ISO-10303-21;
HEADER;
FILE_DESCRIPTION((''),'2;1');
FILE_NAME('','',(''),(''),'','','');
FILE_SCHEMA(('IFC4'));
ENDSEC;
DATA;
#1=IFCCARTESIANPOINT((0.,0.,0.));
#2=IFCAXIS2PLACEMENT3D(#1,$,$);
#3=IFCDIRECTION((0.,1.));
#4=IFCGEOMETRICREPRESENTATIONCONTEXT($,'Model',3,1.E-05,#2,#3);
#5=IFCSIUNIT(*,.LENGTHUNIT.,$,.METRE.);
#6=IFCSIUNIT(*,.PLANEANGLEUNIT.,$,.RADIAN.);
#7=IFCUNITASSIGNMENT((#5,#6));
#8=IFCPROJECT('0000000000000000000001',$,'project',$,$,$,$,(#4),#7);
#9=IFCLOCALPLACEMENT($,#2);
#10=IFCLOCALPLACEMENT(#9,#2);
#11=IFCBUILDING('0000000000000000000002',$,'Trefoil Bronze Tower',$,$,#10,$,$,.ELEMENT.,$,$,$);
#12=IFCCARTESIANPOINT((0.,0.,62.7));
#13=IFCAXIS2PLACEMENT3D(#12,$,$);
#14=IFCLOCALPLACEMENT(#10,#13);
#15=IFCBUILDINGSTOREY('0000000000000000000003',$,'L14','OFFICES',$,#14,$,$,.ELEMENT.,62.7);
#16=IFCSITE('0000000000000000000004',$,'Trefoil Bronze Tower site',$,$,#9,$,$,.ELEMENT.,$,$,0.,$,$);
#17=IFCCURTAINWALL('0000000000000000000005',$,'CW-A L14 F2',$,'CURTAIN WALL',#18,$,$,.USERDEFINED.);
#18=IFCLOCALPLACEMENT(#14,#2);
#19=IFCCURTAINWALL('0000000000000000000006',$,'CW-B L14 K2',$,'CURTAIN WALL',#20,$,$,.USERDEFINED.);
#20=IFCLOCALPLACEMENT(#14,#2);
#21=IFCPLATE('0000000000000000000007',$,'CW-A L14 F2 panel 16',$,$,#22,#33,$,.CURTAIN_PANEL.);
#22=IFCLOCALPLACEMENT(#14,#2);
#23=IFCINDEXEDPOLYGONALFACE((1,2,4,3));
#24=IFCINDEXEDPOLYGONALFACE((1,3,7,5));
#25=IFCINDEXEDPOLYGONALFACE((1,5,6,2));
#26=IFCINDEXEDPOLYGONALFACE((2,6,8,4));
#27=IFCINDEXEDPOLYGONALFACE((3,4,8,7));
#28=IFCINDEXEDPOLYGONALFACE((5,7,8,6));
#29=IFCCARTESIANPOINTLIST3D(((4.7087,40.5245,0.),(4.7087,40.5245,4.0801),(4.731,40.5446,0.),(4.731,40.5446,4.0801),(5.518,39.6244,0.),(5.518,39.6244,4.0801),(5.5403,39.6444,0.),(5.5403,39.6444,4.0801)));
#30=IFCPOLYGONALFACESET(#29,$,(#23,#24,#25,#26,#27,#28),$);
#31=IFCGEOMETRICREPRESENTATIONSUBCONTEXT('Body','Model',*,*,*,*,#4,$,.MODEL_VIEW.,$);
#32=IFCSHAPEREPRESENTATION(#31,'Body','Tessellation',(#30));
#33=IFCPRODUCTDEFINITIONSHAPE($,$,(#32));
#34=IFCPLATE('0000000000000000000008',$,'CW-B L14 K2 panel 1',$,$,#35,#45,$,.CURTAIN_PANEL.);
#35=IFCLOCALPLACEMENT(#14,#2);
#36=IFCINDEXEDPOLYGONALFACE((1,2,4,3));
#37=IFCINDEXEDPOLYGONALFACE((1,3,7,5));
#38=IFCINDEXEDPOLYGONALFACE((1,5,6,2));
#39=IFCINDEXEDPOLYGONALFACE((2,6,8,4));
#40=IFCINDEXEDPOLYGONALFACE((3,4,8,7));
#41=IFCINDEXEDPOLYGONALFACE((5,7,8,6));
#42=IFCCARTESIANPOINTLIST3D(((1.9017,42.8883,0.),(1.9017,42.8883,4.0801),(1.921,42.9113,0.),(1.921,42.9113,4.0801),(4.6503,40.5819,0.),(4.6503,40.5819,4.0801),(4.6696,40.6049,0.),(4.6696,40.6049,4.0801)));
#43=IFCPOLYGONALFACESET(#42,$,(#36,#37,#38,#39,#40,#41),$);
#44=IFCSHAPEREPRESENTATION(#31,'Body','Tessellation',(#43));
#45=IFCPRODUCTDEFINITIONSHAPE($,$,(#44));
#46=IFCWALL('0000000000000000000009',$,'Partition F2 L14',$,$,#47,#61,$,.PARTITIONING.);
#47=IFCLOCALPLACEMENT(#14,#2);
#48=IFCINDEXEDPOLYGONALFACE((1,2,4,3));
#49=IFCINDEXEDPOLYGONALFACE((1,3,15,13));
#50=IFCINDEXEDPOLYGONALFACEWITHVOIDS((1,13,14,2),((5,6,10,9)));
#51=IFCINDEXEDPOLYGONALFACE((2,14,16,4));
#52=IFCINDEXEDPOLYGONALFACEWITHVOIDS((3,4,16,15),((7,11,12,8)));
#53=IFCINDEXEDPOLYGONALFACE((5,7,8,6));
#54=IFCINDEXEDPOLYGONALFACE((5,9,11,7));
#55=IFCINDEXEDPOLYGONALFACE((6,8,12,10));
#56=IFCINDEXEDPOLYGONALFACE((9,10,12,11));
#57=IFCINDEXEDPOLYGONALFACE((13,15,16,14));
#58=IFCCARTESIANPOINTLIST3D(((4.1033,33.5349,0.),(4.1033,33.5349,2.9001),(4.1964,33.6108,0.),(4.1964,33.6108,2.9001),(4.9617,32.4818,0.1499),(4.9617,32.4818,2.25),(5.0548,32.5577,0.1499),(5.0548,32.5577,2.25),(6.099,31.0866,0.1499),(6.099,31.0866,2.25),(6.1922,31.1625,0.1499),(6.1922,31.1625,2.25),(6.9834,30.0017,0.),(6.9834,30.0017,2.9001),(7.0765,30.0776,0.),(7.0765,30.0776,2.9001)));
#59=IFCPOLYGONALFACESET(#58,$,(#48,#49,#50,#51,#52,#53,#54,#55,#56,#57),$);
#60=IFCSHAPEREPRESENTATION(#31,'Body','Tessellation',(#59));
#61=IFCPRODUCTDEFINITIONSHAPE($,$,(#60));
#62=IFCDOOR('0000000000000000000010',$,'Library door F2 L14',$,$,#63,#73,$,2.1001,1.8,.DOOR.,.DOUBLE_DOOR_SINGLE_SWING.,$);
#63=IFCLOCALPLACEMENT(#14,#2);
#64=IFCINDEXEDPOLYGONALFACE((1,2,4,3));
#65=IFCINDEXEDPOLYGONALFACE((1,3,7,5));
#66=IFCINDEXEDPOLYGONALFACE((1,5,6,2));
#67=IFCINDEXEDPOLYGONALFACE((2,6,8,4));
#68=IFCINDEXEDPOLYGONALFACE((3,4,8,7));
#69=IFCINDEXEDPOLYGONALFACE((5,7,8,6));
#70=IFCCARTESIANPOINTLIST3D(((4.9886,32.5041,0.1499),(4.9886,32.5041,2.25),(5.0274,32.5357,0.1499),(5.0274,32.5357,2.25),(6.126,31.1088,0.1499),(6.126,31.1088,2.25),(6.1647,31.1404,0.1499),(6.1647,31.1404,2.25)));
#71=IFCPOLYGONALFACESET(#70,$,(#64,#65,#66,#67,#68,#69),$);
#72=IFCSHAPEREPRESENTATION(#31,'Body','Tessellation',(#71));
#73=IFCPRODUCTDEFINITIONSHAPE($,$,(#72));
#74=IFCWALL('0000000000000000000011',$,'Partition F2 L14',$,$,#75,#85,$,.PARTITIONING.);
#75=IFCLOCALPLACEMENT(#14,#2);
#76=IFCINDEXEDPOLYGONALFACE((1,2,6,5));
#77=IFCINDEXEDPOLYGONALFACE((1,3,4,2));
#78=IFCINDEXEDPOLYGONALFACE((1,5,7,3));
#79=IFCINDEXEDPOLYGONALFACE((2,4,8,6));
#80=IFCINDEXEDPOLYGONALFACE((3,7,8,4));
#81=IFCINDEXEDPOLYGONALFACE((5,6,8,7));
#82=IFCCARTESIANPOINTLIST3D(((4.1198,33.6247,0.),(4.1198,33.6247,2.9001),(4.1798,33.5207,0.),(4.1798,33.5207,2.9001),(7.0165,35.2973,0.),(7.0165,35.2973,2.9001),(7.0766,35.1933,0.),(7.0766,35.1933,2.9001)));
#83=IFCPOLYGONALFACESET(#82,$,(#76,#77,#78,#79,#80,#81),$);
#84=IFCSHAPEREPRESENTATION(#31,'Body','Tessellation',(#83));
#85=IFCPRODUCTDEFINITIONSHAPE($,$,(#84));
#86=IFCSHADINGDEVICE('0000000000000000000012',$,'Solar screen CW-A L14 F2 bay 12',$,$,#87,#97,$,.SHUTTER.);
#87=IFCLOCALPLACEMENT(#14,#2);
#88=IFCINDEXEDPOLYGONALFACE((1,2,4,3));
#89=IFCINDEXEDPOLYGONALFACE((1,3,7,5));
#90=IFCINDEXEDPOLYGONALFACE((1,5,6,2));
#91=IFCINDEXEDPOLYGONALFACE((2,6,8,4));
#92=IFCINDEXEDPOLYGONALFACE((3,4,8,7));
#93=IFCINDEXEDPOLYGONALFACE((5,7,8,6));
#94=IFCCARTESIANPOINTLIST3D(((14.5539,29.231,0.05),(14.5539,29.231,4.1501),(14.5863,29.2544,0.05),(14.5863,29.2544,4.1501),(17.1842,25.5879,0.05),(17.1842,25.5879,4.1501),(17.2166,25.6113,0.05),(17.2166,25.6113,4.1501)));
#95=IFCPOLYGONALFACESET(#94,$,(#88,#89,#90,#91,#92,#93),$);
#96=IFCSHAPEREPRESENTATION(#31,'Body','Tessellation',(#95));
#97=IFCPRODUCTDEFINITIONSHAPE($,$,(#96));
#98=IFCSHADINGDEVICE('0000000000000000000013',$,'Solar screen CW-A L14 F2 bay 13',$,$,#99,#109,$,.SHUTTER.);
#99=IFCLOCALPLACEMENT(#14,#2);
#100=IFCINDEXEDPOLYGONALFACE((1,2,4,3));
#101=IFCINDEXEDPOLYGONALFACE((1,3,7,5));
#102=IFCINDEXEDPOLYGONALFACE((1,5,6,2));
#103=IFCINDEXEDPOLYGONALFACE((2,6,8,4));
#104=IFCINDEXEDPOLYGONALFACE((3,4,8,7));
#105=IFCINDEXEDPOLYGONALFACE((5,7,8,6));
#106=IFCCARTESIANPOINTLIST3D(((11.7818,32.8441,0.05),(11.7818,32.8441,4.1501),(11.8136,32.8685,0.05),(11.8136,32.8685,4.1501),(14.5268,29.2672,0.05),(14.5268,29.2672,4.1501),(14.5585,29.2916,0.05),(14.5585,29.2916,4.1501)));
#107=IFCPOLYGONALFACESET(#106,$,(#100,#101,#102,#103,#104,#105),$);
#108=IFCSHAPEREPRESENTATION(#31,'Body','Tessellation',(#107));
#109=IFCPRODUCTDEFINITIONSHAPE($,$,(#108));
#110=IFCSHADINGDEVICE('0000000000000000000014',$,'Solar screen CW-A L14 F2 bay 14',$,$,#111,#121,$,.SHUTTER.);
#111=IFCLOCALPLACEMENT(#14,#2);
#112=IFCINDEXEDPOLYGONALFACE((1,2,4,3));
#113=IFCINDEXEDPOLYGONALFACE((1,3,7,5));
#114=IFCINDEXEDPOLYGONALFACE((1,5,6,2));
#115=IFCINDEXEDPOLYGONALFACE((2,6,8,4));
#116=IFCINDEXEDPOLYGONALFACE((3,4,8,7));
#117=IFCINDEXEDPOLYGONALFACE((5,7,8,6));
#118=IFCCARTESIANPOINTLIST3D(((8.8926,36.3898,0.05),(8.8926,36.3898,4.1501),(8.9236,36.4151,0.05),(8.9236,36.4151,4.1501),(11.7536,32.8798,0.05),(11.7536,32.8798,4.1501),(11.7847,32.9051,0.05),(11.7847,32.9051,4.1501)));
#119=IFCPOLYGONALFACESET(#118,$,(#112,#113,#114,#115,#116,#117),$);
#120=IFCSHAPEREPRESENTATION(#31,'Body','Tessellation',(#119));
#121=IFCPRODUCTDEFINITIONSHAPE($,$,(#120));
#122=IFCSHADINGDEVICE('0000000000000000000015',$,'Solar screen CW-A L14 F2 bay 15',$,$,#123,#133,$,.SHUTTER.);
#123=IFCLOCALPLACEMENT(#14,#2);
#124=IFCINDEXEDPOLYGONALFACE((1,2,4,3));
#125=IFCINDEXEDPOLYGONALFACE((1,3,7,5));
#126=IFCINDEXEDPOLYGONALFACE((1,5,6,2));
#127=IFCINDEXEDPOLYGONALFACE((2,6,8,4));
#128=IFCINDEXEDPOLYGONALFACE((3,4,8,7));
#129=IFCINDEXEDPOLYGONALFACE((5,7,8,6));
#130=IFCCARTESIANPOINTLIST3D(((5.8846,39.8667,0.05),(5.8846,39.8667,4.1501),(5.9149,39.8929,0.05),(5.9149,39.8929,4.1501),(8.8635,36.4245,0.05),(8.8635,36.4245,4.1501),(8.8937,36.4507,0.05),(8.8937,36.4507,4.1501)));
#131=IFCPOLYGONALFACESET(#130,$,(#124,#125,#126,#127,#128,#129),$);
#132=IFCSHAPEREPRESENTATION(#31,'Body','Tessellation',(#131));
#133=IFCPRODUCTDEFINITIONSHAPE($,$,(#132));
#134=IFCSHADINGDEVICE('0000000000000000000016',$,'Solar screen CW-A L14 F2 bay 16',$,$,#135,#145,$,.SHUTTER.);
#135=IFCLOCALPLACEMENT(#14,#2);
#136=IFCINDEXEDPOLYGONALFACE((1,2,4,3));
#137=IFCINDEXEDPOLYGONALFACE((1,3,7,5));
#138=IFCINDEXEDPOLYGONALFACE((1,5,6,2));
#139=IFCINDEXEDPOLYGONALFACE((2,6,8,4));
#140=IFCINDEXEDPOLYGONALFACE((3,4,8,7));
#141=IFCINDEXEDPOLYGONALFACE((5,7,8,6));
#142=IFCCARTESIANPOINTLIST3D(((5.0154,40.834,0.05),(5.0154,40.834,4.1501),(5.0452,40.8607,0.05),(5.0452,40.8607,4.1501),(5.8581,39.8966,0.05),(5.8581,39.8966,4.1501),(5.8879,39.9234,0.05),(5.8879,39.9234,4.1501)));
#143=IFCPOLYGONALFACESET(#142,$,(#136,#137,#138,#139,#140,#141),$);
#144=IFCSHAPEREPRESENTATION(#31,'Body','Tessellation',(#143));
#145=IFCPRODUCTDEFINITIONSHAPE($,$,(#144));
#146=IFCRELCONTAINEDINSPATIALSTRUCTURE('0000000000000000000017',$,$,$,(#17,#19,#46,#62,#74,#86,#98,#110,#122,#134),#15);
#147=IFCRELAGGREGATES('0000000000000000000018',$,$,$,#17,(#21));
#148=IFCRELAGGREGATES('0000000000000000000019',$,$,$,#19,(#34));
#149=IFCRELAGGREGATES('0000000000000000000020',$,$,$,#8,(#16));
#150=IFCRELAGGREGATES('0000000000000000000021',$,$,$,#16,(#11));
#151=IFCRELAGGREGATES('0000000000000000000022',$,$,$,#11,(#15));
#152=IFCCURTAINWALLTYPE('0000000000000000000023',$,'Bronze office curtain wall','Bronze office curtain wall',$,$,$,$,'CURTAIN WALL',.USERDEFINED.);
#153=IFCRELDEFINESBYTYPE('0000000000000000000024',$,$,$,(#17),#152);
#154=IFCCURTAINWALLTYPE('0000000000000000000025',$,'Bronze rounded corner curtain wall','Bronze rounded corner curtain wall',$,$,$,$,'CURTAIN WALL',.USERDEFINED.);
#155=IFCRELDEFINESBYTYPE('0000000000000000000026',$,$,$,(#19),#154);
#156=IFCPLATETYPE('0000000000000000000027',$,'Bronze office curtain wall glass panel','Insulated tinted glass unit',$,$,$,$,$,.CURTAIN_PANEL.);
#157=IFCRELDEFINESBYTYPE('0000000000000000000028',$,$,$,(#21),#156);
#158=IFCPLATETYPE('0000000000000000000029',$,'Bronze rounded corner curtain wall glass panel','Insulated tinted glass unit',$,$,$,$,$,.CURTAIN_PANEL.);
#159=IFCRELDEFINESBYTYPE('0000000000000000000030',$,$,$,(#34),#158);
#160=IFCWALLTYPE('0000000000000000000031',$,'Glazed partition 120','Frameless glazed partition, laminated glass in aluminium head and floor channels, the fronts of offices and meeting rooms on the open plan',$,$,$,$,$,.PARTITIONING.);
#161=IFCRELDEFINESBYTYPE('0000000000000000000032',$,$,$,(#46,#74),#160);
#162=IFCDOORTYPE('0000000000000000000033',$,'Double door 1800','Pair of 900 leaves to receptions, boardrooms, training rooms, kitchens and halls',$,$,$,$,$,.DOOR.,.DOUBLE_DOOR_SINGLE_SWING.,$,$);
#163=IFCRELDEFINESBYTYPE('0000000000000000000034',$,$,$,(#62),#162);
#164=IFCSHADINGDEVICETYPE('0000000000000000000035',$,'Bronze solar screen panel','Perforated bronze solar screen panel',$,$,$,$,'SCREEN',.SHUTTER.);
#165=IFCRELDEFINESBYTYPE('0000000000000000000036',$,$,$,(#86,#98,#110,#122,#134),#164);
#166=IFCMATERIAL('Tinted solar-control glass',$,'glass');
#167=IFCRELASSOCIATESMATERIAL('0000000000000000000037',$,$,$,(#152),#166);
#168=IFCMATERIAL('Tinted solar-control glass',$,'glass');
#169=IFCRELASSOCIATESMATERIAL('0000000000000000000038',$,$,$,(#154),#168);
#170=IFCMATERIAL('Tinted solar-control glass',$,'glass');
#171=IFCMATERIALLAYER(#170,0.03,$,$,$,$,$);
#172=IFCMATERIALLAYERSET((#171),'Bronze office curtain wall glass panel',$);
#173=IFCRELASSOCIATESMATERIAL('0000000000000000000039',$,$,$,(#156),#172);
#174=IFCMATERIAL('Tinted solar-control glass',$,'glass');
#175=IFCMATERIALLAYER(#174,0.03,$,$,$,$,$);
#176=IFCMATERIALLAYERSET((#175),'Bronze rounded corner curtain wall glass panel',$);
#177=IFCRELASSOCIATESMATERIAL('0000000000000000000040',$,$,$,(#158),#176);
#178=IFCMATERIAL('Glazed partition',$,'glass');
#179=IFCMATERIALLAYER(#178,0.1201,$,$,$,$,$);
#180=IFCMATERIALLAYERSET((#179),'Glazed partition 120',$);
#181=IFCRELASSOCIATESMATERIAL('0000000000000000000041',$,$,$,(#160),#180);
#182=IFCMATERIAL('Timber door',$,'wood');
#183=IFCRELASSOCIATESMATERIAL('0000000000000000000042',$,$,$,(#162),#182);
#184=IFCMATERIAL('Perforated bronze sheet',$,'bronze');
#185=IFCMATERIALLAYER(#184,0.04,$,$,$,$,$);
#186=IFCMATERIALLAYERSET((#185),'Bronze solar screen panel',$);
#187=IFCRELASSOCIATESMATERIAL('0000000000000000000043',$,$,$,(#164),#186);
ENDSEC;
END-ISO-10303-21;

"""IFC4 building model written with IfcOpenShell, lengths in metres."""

from ifc_helpers import new_model, si_unit, direction, frame, frame_2d, origin, origin_2d, place, context, subcontext, project, spatial, rectangle, extrude, material, layer, layer_set, type_object, element, fill, aggregate, save


model = new_model("IFC4")

# Units and contexts
model_context = context("Model", 3, precision=1e-05, world=origin(), true_north=direction((0.0, 1.0)))
body_context = subcontext(model_context, "Body", "Model", "MODEL_VIEW")
ifc_project = project(units=[si_unit("LENGTHUNIT", "METRE"), si_unit("PLANEANGLEUNIT", "RADIAN")], contexts=[model_context])

# Site, building, storey
site_placement = place(None, origin())
site = spatial("IfcSite", under=ifc_project, at=site_placement, Name="Trefoil Bronze Tower site", CompositionType="ELEMENT", RefElevation=0.0)
building_placement = place(site_placement, origin())
building = spatial("IfcBuilding", under=site, at=building_placement, Name="Trefoil Bronze Tower", CompositionType="ELEMENT")
storey_placement = place(building_placement, frame((0.0, 0.0, 62.7)))
storey = spatial("IfcBuildingStorey", under=building, at=storey_placement, Name="L14", Description="OFFICES", CompositionType="ELEMENT", Elevation=62.7)

# Curtain walls
ifc_material_1 = material(Name="Tinted solar-control glass", Category="glass")
curtain_wall_type_1 = type_object("IfcCurtainWallType", Name="Bronze office curtain wall", Description="Bronze office curtain wall", ElementType="CURTAIN WALL", PredefinedType="USERDEFINED", material=ifc_material_1)
curtain_wall_1_placement = place(storey_placement, origin())
curtain_wall_1 = element("IfcCurtainWall", 1, at=curtain_wall_1_placement, inside=storey, type_object=curtain_wall_type_1, Name="CW-A L14 F2", ObjectType="CURTAIN WALL", PredefinedType="USERDEFINED")
ifc_material_2 = material(Name="Tinted solar-control glass", Category="glass")
curtain_wall_type_2 = type_object("IfcCurtainWallType", Name="Bronze rounded corner curtain wall", Description="Bronze rounded corner curtain wall", ElementType="CURTAIN WALL", PredefinedType="USERDEFINED", material=ifc_material_2)
curtain_wall_2_placement = place(storey_placement, origin())
curtain_wall_2 = element("IfcCurtainWall", 2, at=curtain_wall_2_placement, inside=storey, type_object=curtain_wall_type_2, Name="CW-B L14 K2", ObjectType="CURTAIN WALL", PredefinedType="USERDEFINED")

# Plates
ifc_material_3 = material(Name="Tinted solar-control glass", Category="glass")
ifc_layer_1 = layer(ifc_material_3, 0.03)
ifc_layer_set_1 = layer_set([ifc_layer_1], Name="Bronze office curtain wall glass panel")
plate_type_1 = type_object("IfcPlateType", Name="Bronze office curtain wall glass panel", Description="Insulated tinted glass unit", PredefinedType="CURTAIN_PANEL", material=ifc_layer_set_1)
plate_1_placement = place(storey_placement, frame((5.1245, 40.0845, 0.0), z_axis=(0.0, 0.0, 1.0), x_axis=(-0.668575, 0.743645, 0.0)))
plate_1 = element("IfcPlate", 3, at=plate_1_placement, type_object=plate_type_1, Name="CW-A L14 F2 panel 16", PredefinedType="CURTAIN_PANEL", context=body_context, shape_type="SweptSolid", body=[
    extrude(rectangle(XDim=1.2104, YDim=0.03, at=origin_2d()), origin(), (0.0, 0.0, 1.0), 4.0801),
])
aggregate(curtain_wall_1, [plate_1])
ifc_material_4 = material(Name="Tinted solar-control glass", Category="glass")
ifc_layer_2 = layer(ifc_material_4, 0.03)
ifc_layer_set_2 = layer_set([ifc_layer_2], Name="Bronze rounded corner curtain wall glass panel")
plate_type_2 = type_object("IfcPlateType", Name="Bronze rounded corner curtain wall glass panel", Description="Insulated tinted glass unit", PredefinedType="CURTAIN_PANEL", material=ifc_layer_set_2)
plate_2_placement = place(storey_placement, frame((3.2856, 41.7466, 0.0), z_axis=(0.0, 0.0, 1.0), x_axis=(-0.766044, 0.642788, 0.0)))
plate_2 = element("IfcPlate", 4, at=plate_2_placement, type_object=plate_type_2, Name="CW-B L14 K2 panel 1", PredefinedType="CURTAIN_PANEL", context=body_context, shape_type="SweptSolid", body=[
    extrude(rectangle(XDim=3.5881, YDim=0.03, at=origin_2d()), origin(), (0.0, 0.0, 1.0), 4.0801),
])
aggregate(curtain_wall_2, [plate_2])

# Wall, opening, door
ifc_material_5 = material(Name="Glazed partition", Category="glass")
ifc_layer_3 = layer(ifc_material_5, 0.1201)
ifc_layer_set_3 = layer_set([ifc_layer_3], Name="Glazed partition 120")
wall_type = type_object("IfcWallType", Name="Glazed partition 120", Description="Frameless glazed partition, laminated glass in aluminium head and floor channels, the fronts of offices and meeting rooms on the open plan", PredefinedType="PARTITIONING", material=ifc_layer_set_3)
wall_1_placement = place(storey_placement, frame((7.03, 30.0396, 0.0), z_axis=(0.0, 0.0, 1.0), x_axis=(-0.631834, 0.775104, 0.0)))
wall_1 = element("IfcWall", 5, at=wall_1_placement, inside=storey, type_object=wall_type, Name="Partition F2 L14", PredefinedType="PARTITIONING", context=body_context, shape_type="SweptSolid", body=[
    extrude(rectangle(XDim=4.5583, YDim=0.1201, at=frame_2d((2.2793, 0.0))), origin(), (0.0, 0.0, 1.0), 2.9001),
])
opening_placement = place(wall_1_placement, frame((1.3999, 0.0, 0.1499)))
opening = element("IfcOpeningElement", 6, at=opening_placement, cuts=wall_1, PredefinedType="OPENING", context=body_context, shape_type="SweptSolid", body=[
    extrude(rectangle(XDim=1.8, YDim=2.1001, at=frame_2d((0.8999, 1.05))), frame((0.0, 0.0701, 0.0), z_axis=(0.0, -1.0, 0.0), x_axis=(1.0, 0.0, 0.0)), (0.0, 0.0, 1.0), 0.1401),
])
ifc_material_6 = material(Name="Timber door", Category="wood")
door_type = type_object("IfcDoorType", Name="Double door 1800", Description="Pair of 900 leaves to receptions, boardrooms, training rooms, kitchens and halls", OperationType="DOUBLE_DOOR_SINGLE_SWING", PredefinedType="DOOR", material=ifc_material_6)
door_placement = place(opening_placement, frame((1.8, 0.0, 0.0), z_axis=(0.0, 0.0, 1.0), x_axis=(-1.0, 0.0, 0.0)))
door = element("IfcDoor", 7, at=door_placement, inside=storey, type_object=door_type, Name="Library door F2 L14", OperationType="DOUBLE_DOOR_SINGLE_SWING", OverallHeight=2.1001, OverallWidth=1.8, PredefinedType="DOOR", context=body_context, shape_type="SweptSolid", body=[
    extrude(rectangle(XDim=1.8, YDim=2.1001, at=frame_2d((0.8999, 1.05))), frame((0.0, 0.0249, 0.0), z_axis=(0.0, -1.0, 0.0), x_axis=(1.0, 0.0, 0.0)), (0.0, 0.0, 1.0), 0.05),
])
fill(opening, door)

# Wall
wall_2_placement = place(storey_placement, frame((4.1499, 33.5728, 0.0), z_axis=(0.0, 0.0, 1.0), x_axis=(0.866002, 0.50004, 0.0)))
element("IfcWall", 8, at=wall_2_placement, inside=storey, type_object=wall_type, Name="Partition F2 L14", PredefinedType="PARTITIONING", context=body_context, shape_type="SweptSolid", body=[
    extrude(rectangle(XDim=3.345, YDim=0.1201, at=frame_2d((1.6724, 0.0))), origin(), (0.0, 0.0, 1.0), 2.9001),
])

# Shading devices
ifc_material_7 = material(Name="Perforated bronze sheet", Category="bronze")
ifc_layer_4 = layer(ifc_material_7, 0.04)
ifc_layer_set_4 = layer_set([ifc_layer_4], Name="Bronze solar screen panel")
shading_device_type = type_object("IfcShadingDeviceType", Name="Bronze solar screen panel", Description="Perforated bronze solar screen panel", ElementType="SCREEN", PredefinedType="SHUTTER", material=ifc_layer_set_4)
shading_device_1_placement = place(storey_placement, frame((15.8853, 27.4211, 0.05), z_axis=(0.0, 0.0, 1.0), x_axis=(-0.585373, 0.810764, 0.0)))
element("IfcShadingDevice", 9, at=shading_device_1_placement, inside=storey, type_object=shading_device_type, Name="Solar screen CW-A L14 F2 bay 12", PredefinedType="SHUTTER", context=body_context, shape_type="SweptSolid", body=[
    extrude(rectangle(XDim=4.4934, YDim=0.04, at=origin_2d()), origin(), (0.0, 0.0, 1.0), 4.1001),
])
shading_device_2_placement = place(storey_placement, frame((13.1702, 31.0679, 0.05), z_axis=(0.0, 0.0, 1.0), x_axis=(-0.608808, 0.793318, 0.0)))
element("IfcShadingDevice", 10, at=shading_device_2_placement, inside=storey, type_object=shading_device_type, Name="Solar screen CW-A L14 F2 bay 13", PredefinedType="SHUTTER", context=body_context, shape_type="SweptSolid", body=[
    extrude(rectangle(XDim=4.5088, YDim=0.04, at=origin_2d()), origin(), (0.0, 0.0, 1.0), 4.1001),
])
shading_device_3_placement = place(storey_placement, frame((10.3386, 34.6475, 0.05), z_axis=(0.0, 0.0, 1.0), x_axis=(-0.631811, 0.775123, 0.0)))
element("IfcShadingDevice", 11, at=shading_device_3_placement, inside=storey, type_object=shading_device_type, Name="Solar screen CW-A L14 F2 bay 14", PredefinedType="SHUTTER", context=body_context, shape_type="SweptSolid", body=[
    extrude(rectangle(XDim=4.5283, YDim=0.04, at=origin_2d()), origin(), (0.0, 0.0, 1.0), 4.1001),
])
shading_device_4_placement = place(storey_placement, frame((7.3892, 38.1587, 0.05), z_axis=(0.0, 0.0, 1.0), x_axis=(-0.654376, 0.756169, 0.0)))
element("IfcShadingDevice", 12, at=shading_device_4_placement, inside=storey, type_object=shading_device_type, Name="Solar screen CW-A L14 F2 bay 15", PredefinedType="SHUTTER", context=body_context, shape_type="SweptSolid", body=[
    extrude(rectangle(XDim=4.5522, YDim=0.04, at=origin_2d()), origin(), (0.0, 0.0, 1.0), 4.1001),
])
shading_device_5_placement = place(storey_placement, frame((5.4517, 40.3787, 0.05), z_axis=(0.0, 0.0, 1.0), x_axis=(-0.668575, 0.743645, 0.0)))
element("IfcShadingDevice", 13, at=shading_device_5_placement, inside=storey, type_object=shading_device_type, Name="Solar screen CW-A L14 F2 bay 16", PredefinedType="SHUTTER", context=body_context, shape_type="SweptSolid", body=[
    extrude(rectangle(XDim=1.2605, YDim=0.04, at=origin_2d()), origin(), (0.0, 0.0, 1.0), 4.1001),
])

save(model, "model.ifc")
